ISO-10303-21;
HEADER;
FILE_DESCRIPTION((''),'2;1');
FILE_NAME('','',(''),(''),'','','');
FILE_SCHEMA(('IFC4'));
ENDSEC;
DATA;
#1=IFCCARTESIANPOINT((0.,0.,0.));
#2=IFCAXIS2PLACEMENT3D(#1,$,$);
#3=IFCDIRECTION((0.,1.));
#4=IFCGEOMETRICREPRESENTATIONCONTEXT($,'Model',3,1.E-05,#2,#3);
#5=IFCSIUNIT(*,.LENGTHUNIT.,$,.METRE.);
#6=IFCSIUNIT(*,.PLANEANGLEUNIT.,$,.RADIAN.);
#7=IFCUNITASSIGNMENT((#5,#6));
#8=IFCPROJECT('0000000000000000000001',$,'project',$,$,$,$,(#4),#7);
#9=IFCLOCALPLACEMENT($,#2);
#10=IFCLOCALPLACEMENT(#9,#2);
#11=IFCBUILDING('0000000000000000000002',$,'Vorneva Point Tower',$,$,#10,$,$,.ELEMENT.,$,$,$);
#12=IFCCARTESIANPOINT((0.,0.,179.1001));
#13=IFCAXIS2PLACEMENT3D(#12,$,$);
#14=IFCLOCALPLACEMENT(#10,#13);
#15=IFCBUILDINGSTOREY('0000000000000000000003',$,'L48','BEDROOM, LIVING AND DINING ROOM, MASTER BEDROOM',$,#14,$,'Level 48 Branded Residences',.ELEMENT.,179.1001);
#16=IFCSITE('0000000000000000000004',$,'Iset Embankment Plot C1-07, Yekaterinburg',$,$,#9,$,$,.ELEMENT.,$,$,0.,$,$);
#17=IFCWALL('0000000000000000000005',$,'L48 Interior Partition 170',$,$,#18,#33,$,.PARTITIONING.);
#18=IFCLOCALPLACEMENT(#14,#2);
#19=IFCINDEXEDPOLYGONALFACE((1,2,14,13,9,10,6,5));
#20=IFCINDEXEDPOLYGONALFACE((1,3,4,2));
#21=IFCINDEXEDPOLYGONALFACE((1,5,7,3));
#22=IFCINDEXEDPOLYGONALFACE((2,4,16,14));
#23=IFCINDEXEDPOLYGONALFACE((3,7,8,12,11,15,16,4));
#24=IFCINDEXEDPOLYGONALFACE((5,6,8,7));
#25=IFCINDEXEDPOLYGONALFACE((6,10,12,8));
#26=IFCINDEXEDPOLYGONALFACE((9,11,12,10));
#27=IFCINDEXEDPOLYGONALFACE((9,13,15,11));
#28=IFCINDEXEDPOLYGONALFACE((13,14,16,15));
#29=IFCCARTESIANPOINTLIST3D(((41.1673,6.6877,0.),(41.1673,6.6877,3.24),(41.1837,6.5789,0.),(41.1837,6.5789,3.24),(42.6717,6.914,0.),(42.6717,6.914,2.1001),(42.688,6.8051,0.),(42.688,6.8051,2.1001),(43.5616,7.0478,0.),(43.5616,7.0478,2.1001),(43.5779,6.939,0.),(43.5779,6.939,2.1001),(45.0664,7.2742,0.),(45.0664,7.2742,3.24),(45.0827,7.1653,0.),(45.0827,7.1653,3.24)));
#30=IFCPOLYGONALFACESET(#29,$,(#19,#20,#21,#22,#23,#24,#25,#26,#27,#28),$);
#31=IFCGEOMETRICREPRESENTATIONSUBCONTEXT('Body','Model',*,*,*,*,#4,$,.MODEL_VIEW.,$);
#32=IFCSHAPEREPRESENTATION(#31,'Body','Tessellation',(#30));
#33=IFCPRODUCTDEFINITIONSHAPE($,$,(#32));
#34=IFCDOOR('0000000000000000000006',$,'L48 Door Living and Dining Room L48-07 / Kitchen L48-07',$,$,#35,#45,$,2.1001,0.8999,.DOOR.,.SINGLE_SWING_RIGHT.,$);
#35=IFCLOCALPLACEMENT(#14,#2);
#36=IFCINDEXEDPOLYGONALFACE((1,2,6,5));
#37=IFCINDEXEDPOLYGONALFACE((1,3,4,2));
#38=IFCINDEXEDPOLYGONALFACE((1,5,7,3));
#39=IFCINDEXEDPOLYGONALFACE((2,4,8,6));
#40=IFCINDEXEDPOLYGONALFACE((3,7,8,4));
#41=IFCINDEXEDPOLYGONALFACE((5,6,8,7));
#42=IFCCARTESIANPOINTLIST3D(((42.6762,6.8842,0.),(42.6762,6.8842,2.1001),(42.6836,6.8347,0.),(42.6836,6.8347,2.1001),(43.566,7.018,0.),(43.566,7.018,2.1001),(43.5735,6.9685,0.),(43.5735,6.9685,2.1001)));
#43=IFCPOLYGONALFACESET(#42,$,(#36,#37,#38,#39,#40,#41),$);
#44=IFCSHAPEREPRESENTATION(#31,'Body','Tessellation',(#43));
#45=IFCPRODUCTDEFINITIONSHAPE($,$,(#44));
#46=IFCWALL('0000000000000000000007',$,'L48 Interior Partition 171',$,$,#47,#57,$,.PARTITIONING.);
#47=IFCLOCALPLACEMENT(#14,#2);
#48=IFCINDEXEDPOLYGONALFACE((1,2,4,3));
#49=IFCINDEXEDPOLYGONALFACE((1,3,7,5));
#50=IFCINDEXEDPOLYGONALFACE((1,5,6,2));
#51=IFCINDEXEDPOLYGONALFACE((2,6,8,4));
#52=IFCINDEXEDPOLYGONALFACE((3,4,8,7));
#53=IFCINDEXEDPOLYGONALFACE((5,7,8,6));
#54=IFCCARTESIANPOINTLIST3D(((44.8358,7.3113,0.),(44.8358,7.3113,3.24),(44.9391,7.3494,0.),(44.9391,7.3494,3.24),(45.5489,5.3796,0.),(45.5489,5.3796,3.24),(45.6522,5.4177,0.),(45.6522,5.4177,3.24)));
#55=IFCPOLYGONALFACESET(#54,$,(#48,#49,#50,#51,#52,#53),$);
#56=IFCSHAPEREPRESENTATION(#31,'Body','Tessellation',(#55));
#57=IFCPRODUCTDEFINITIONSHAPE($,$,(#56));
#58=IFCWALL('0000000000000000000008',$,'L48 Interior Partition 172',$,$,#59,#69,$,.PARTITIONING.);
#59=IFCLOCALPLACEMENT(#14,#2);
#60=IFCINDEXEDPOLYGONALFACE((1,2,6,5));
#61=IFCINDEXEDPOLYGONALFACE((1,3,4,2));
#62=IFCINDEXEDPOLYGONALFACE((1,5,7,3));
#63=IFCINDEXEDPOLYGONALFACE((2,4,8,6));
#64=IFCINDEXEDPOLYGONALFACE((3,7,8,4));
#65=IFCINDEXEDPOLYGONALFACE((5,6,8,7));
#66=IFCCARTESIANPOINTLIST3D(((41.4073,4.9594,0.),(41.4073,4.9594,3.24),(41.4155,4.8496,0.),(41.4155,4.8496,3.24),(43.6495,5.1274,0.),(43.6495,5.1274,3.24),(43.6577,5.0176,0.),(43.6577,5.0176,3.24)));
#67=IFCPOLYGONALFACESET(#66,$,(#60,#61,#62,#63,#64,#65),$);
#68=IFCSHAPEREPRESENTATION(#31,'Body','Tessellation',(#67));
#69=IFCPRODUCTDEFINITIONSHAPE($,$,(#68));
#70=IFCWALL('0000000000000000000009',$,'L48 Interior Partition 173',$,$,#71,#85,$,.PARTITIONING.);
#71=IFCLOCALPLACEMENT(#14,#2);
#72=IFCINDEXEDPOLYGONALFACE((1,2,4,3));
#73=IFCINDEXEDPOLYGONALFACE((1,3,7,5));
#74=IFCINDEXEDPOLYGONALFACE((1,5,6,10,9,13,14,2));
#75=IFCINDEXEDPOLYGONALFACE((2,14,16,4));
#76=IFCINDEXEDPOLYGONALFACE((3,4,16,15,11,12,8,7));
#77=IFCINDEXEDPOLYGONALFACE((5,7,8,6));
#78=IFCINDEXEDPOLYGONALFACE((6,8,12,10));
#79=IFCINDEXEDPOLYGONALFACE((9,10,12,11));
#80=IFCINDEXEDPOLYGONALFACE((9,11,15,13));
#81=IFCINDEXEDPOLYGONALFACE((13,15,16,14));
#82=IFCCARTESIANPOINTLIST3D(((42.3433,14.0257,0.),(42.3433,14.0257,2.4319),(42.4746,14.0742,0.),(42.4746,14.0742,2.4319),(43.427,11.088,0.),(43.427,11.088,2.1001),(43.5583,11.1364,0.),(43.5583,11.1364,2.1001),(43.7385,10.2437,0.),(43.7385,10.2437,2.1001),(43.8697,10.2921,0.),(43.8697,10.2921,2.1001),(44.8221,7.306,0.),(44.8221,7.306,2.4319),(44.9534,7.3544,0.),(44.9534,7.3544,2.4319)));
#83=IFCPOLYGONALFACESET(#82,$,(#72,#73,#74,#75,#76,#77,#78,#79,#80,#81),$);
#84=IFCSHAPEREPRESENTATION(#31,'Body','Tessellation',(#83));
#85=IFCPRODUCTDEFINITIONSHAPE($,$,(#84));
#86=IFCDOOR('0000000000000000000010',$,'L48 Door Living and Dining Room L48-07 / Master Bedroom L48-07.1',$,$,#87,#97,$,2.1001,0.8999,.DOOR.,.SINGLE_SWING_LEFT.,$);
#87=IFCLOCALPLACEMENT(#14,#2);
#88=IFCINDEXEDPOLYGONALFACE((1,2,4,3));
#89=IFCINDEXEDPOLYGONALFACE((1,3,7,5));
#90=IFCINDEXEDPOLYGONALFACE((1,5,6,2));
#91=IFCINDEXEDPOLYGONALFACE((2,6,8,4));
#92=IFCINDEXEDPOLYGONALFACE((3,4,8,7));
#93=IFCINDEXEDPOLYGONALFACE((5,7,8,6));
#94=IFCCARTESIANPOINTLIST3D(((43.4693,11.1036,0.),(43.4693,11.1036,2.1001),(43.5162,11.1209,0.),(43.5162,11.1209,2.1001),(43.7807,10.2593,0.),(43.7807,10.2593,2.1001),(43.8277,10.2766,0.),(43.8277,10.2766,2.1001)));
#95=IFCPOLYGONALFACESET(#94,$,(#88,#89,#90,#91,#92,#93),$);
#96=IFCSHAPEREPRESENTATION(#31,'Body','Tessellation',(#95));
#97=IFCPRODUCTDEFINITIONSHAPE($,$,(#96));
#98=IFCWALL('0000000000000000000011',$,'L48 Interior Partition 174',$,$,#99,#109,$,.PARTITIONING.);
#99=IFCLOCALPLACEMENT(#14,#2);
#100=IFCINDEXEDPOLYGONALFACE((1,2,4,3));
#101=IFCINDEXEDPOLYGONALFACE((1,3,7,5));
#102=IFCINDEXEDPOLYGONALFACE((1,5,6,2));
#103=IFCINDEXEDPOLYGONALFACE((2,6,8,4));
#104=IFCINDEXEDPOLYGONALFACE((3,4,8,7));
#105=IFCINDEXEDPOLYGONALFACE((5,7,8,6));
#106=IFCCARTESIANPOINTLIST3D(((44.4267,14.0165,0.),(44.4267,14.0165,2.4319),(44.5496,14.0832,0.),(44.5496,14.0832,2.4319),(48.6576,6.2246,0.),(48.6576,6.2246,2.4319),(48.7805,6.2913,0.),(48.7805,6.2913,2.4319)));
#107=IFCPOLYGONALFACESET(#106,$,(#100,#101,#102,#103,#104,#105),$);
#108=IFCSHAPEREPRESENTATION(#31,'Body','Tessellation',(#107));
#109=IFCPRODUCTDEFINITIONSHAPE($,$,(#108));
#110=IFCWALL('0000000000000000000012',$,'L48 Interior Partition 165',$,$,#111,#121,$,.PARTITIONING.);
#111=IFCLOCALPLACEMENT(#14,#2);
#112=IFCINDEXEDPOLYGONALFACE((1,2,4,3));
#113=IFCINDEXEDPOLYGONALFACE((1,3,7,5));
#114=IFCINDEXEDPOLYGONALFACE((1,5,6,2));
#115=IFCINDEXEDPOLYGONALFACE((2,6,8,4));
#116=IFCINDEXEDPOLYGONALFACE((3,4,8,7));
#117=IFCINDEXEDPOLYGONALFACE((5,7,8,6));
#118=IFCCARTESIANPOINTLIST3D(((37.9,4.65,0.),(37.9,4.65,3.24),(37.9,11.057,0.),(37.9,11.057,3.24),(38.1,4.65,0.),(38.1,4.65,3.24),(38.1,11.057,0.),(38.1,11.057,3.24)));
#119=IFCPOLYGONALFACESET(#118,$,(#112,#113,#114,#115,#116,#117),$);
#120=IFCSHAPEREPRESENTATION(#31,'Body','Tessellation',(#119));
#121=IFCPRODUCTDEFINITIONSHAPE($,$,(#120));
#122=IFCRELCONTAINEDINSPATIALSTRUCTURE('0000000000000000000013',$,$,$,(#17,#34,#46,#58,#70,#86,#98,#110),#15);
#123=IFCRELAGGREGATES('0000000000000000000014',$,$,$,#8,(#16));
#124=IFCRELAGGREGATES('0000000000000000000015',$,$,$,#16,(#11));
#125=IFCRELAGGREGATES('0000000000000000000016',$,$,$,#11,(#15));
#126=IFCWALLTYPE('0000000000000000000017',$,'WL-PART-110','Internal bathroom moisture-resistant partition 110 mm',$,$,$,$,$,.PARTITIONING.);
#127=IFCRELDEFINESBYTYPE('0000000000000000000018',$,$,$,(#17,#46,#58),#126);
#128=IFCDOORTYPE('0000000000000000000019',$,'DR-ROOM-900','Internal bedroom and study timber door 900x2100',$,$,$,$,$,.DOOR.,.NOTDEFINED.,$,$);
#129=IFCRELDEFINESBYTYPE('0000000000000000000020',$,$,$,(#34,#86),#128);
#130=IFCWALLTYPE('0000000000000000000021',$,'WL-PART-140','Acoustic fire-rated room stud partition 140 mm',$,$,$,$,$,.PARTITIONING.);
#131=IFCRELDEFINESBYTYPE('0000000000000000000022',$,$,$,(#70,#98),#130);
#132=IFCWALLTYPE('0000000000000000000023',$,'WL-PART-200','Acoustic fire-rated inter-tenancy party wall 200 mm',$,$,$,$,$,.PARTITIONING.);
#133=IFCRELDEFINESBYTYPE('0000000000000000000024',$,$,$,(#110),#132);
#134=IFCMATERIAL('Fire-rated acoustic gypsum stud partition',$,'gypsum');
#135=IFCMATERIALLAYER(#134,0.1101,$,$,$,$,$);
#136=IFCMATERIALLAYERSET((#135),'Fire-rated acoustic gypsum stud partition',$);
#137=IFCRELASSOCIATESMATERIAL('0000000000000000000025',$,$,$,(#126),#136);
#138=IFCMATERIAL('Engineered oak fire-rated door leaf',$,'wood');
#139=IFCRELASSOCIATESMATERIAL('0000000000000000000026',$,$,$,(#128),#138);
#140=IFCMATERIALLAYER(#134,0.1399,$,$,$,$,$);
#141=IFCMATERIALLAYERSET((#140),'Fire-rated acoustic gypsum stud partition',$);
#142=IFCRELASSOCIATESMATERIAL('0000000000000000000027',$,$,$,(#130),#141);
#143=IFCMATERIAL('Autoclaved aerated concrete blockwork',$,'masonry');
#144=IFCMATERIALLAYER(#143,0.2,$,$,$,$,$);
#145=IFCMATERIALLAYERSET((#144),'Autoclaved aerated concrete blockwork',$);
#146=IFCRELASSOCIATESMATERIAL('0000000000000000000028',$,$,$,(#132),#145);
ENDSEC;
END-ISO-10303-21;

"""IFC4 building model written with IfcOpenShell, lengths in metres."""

from ifc_helpers import new_model, si_unit, direction, frame, frame_2d, origin, place, context, subcontext, project, spatial, rectangle, extrude, material, layer, layer_set, type_object, element, fill, save


model = new_model("IFC4")

# Units and contexts
model_context = context("Model", 3, precision=1e-05, world=origin(), true_north=direction((0.0, 1.0)))
body_context = subcontext(model_context, "Body", "Model", "MODEL_VIEW")
ifc_project = project(units=[si_unit("LENGTHUNIT", "METRE"), si_unit("PLANEANGLEUNIT", "RADIAN")], contexts=[model_context])

# Site, building, storey
site_placement = place(None, origin())
site = spatial("IfcSite", under=ifc_project, at=site_placement, Name="Iset Embankment Plot C1-07, Yekaterinburg", CompositionType="ELEMENT", RefElevation=0.0)
building_placement = place(site_placement, origin())
building = spatial("IfcBuilding", under=site, at=building_placement, Name="Vorneva Point Tower", CompositionType="ELEMENT")
storey_placement = place(building_placement, frame((0.0, 0.0, 179.1001)))
storey = spatial("IfcBuildingStorey", under=building, at=storey_placement, Name="L48", Description="BEDROOM, LIVING AND DINING ROOM, MASTER BEDROOM", LongName="Level 48 Branded Residences", CompositionType="ELEMENT", Elevation=179.1001)

# Shared definitions
ifc_material_1 = material(Name="Fire-rated acoustic gypsum stud partition", Category="gypsum")
ifc_layer_1 = layer(ifc_material_1, 0.1101)
ifc_layer_set_1 = layer_set([ifc_layer_1], Name="Fire-rated acoustic gypsum stud partition")
wall_type_1 = type_object("IfcWallType", Name="WL-PART-110", Description="Internal bathroom moisture-resistant partition 110 mm", PredefinedType="PARTITIONING", material=ifc_layer_set_1)

# Wall, opening, door
wall_1_placement = place(storey_placement, frame((41.1755, 6.6333, 0.0), z_axis=(0.0, 0.0, 1.0), x_axis=(0.988877, 0.148734, 0.0)))
wall_1 = element("IfcWall", 1, at=wall_1_placement, inside=storey, type_object=wall_type_1, Name="L48 Interior Partition 170", PredefinedType="PARTITIONING", context=body_context, shape_type="SweptSolid", body=[
    extrude(rectangle(XDim=3.9429, YDim=0.1101, at=frame_2d((1.9714, 0.0))), origin(), (0.0, 0.0, 1.0), 3.24),
])
opening_1_placement = place(wall_1_placement, frame((1.5212, 0.0, 0.0)))
opening_1 = element("IfcOpeningElement", 2, at=opening_1_placement, cuts=wall_1, PredefinedType="OPENING", context=body_context, shape_type="SweptSolid", body=[
    extrude(rectangle(XDim=0.8999, YDim=2.1001, at=frame_2d((0.45, 1.05))), frame((0.0, 0.0698, 0.0), z_axis=(0.0, -1.0, 0.0), x_axis=(1.0, 0.0, 0.0)), (0.0, 0.0, 1.0), 0.1399),
])
ifc_material_2 = material(Name="Engineered oak fire-rated door leaf", Category="wood")
door_type = type_object("IfcDoorType", Name="DR-ROOM-900", Description="Internal bedroom and study timber door 900x2100", OperationType="NOTDEFINED", PredefinedType="DOOR", material=ifc_material_2)
door_1_placement = place(opening_1_placement, origin())
door_1 = element("IfcDoor", 3, at=door_1_placement, inside=storey, type_object=door_type, Name="L48 Door Living and Dining Room L48-07 / Kitchen L48-07", OperationType="SINGLE_SWING_RIGHT", OverallHeight=2.1001, OverallWidth=0.8999, PredefinedType="DOOR", context=body_context, shape_type="SweptSolid", body=[
    extrude(rectangle(XDim=0.8999, YDim=2.1001, at=frame_2d((0.45, 1.05))), frame((0.0, 0.0249, 0.0), z_axis=(0.0, -1.0, 0.0), x_axis=(1.0, 0.0, 0.0)), (0.0, 0.0, 1.0), 0.05),
])
fill(opening_1, door_1)

# Walls
wall_2_placement = place(storey_placement, frame((44.8875, 7.3303, 0.0), z_axis=(0.0, 0.0, 1.0), x_axis=(0.346337, -0.93811, 0.0)))
element("IfcWall", 4, at=wall_2_placement, inside=storey, type_object=wall_type_1, Name="L48 Interior Partition 171", PredefinedType="PARTITIONING", context=body_context, shape_type="SweptSolid", body=[
    extrude(rectangle(XDim=2.0591, YDim=0.1101, at=frame_2d((1.0295, 0.0))), origin(), (0.0, 0.0, 1.0), 3.24),
])
wall_3_placement = place(storey_placement, frame((41.4114, 4.9045, 0.0), z_axis=(0.0, 0.0, 1.0), x_axis=(0.997206, 0.074704, 0.0)))
element("IfcWall", 5, at=wall_3_placement, inside=storey, type_object=wall_type_1, Name="L48 Interior Partition 172", PredefinedType="PARTITIONING", context=body_context, shape_type="SweptSolid", body=[
    extrude(rectangle(XDim=2.2485, YDim=0.1101, at=frame_2d((1.1243, 0.0))), origin(), (0.0, 0.0, 1.0), 3.24),
])

# Wall, opening, door
ifc_layer_2 = layer(ifc_material_1, 0.1399)
ifc_layer_set_2 = layer_set([ifc_layer_2], Name="Fire-rated acoustic gypsum stud partition")
wall_type_2 = type_object("IfcWallType", Name="WL-PART-140", Description="Acoustic fire-rated room stud partition 140 mm", PredefinedType="PARTITIONING", material=ifc_layer_set_2)
wall_4_placement = place(storey_placement, frame((44.8877, 7.3303, 0.0), z_axis=(0.0, 0.0, 1.0), x_axis=(-0.346083, 0.938204, 0.0)))
wall_4 = element("IfcWall", 6, at=wall_4_placement, inside=storey, type_object=wall_type_2, Name="L48 Interior Partition 173", PredefinedType="PARTITIONING", context=body_context, shape_type="SweptSolid", body=[
    extrude(rectangle(XDim=7.1624, YDim=0.1399, at=frame_2d((3.5811, 0.0))), origin(), (0.0, 0.0, 1.0), 2.4319),
])
opening_2_placement = place(wall_4_placement, frame((3.1311, 0.0, 0.0)))
opening_2 = element("IfcOpeningElement", 7, at=opening_2_placement, cuts=wall_4, PredefinedType="OPENING", context=body_context, shape_type="SweptSolid", body=[
    extrude(rectangle(XDim=0.8999, YDim=2.1001, at=frame_2d((0.45, 1.05))), frame((0.0, 0.085, 0.0), z_axis=(0.0, -1.0, 0.0), x_axis=(1.0, 0.0, 0.0)), (0.0, 0.0, 1.0), 0.1697),
])
door_2_placement = place(opening_2_placement, origin())
door_2 = element("IfcDoor", 8, at=door_2_placement, inside=storey, type_object=door_type, Name="L48 Door Living and Dining Room L48-07 / Master Bedroom L48-07.1", OperationType="SINGLE_SWING_LEFT", OverallHeight=2.1001, OverallWidth=0.8999, PredefinedType="DOOR", context=body_context, shape_type="SweptSolid", body=[
    extrude(rectangle(XDim=0.8999, YDim=2.1001, at=frame_2d((0.45, 1.05))), frame((0.0, 0.0249, 0.0), z_axis=(0.0, -1.0, 0.0), x_axis=(1.0, 0.0, 0.0)), (0.0, 0.0, 1.0), 0.05),
])
fill(opening_2, door_2)

# Walls
wall_5_placement = place(storey_placement, frame((48.719, 6.2581, 0.0), z_axis=(0.0, 0.0, 1.0), x_axis=(-0.477181, 0.878805, 0.0)))
element("IfcWall", 9, at=wall_5_placement, inside=storey, type_object=wall_type_2, Name="L48 Interior Partition 174", PredefinedType="PARTITIONING", context=body_context, shape_type="SweptSolid", body=[
    extrude(rectangle(XDim=8.8665, YDim=0.1399, at=frame_2d((4.4331, 0.0))), origin(), (0.0, 0.0, 1.0), 2.4319),
])
ifc_material_3 = material(Name="Autoclaved aerated concrete blockwork", Category="masonry")
ifc_layer_3 = layer(ifc_material_3, 0.2)
ifc_layer_set_3 = layer_set([ifc_layer_3], Name="Autoclaved aerated concrete blockwork")
wall_type_3 = type_object("IfcWallType", Name="WL-PART-200", Description="Acoustic fire-rated inter-tenancy party wall 200 mm", PredefinedType="PARTITIONING", material=ifc_layer_set_3)
wall_6_placement = place(storey_placement, frame((38.0, 4.6499, 0.0), z_axis=(0.0, 0.0, 1.0), x_axis=(0.0, 1.0, 0.0)))
element("IfcWall", 10, at=wall_6_placement, inside=storey, type_object=wall_type_3, Name="L48 Interior Partition 165", PredefinedType="PARTITIONING", context=body_context, shape_type="SweptSolid", body=[
    extrude(rectangle(XDim=6.407, YDim=0.2, at=frame_2d((3.2036, 0.0))), origin(), (0.0, 0.0, 1.0), 3.24),
])

save(model, "model.ifc")
